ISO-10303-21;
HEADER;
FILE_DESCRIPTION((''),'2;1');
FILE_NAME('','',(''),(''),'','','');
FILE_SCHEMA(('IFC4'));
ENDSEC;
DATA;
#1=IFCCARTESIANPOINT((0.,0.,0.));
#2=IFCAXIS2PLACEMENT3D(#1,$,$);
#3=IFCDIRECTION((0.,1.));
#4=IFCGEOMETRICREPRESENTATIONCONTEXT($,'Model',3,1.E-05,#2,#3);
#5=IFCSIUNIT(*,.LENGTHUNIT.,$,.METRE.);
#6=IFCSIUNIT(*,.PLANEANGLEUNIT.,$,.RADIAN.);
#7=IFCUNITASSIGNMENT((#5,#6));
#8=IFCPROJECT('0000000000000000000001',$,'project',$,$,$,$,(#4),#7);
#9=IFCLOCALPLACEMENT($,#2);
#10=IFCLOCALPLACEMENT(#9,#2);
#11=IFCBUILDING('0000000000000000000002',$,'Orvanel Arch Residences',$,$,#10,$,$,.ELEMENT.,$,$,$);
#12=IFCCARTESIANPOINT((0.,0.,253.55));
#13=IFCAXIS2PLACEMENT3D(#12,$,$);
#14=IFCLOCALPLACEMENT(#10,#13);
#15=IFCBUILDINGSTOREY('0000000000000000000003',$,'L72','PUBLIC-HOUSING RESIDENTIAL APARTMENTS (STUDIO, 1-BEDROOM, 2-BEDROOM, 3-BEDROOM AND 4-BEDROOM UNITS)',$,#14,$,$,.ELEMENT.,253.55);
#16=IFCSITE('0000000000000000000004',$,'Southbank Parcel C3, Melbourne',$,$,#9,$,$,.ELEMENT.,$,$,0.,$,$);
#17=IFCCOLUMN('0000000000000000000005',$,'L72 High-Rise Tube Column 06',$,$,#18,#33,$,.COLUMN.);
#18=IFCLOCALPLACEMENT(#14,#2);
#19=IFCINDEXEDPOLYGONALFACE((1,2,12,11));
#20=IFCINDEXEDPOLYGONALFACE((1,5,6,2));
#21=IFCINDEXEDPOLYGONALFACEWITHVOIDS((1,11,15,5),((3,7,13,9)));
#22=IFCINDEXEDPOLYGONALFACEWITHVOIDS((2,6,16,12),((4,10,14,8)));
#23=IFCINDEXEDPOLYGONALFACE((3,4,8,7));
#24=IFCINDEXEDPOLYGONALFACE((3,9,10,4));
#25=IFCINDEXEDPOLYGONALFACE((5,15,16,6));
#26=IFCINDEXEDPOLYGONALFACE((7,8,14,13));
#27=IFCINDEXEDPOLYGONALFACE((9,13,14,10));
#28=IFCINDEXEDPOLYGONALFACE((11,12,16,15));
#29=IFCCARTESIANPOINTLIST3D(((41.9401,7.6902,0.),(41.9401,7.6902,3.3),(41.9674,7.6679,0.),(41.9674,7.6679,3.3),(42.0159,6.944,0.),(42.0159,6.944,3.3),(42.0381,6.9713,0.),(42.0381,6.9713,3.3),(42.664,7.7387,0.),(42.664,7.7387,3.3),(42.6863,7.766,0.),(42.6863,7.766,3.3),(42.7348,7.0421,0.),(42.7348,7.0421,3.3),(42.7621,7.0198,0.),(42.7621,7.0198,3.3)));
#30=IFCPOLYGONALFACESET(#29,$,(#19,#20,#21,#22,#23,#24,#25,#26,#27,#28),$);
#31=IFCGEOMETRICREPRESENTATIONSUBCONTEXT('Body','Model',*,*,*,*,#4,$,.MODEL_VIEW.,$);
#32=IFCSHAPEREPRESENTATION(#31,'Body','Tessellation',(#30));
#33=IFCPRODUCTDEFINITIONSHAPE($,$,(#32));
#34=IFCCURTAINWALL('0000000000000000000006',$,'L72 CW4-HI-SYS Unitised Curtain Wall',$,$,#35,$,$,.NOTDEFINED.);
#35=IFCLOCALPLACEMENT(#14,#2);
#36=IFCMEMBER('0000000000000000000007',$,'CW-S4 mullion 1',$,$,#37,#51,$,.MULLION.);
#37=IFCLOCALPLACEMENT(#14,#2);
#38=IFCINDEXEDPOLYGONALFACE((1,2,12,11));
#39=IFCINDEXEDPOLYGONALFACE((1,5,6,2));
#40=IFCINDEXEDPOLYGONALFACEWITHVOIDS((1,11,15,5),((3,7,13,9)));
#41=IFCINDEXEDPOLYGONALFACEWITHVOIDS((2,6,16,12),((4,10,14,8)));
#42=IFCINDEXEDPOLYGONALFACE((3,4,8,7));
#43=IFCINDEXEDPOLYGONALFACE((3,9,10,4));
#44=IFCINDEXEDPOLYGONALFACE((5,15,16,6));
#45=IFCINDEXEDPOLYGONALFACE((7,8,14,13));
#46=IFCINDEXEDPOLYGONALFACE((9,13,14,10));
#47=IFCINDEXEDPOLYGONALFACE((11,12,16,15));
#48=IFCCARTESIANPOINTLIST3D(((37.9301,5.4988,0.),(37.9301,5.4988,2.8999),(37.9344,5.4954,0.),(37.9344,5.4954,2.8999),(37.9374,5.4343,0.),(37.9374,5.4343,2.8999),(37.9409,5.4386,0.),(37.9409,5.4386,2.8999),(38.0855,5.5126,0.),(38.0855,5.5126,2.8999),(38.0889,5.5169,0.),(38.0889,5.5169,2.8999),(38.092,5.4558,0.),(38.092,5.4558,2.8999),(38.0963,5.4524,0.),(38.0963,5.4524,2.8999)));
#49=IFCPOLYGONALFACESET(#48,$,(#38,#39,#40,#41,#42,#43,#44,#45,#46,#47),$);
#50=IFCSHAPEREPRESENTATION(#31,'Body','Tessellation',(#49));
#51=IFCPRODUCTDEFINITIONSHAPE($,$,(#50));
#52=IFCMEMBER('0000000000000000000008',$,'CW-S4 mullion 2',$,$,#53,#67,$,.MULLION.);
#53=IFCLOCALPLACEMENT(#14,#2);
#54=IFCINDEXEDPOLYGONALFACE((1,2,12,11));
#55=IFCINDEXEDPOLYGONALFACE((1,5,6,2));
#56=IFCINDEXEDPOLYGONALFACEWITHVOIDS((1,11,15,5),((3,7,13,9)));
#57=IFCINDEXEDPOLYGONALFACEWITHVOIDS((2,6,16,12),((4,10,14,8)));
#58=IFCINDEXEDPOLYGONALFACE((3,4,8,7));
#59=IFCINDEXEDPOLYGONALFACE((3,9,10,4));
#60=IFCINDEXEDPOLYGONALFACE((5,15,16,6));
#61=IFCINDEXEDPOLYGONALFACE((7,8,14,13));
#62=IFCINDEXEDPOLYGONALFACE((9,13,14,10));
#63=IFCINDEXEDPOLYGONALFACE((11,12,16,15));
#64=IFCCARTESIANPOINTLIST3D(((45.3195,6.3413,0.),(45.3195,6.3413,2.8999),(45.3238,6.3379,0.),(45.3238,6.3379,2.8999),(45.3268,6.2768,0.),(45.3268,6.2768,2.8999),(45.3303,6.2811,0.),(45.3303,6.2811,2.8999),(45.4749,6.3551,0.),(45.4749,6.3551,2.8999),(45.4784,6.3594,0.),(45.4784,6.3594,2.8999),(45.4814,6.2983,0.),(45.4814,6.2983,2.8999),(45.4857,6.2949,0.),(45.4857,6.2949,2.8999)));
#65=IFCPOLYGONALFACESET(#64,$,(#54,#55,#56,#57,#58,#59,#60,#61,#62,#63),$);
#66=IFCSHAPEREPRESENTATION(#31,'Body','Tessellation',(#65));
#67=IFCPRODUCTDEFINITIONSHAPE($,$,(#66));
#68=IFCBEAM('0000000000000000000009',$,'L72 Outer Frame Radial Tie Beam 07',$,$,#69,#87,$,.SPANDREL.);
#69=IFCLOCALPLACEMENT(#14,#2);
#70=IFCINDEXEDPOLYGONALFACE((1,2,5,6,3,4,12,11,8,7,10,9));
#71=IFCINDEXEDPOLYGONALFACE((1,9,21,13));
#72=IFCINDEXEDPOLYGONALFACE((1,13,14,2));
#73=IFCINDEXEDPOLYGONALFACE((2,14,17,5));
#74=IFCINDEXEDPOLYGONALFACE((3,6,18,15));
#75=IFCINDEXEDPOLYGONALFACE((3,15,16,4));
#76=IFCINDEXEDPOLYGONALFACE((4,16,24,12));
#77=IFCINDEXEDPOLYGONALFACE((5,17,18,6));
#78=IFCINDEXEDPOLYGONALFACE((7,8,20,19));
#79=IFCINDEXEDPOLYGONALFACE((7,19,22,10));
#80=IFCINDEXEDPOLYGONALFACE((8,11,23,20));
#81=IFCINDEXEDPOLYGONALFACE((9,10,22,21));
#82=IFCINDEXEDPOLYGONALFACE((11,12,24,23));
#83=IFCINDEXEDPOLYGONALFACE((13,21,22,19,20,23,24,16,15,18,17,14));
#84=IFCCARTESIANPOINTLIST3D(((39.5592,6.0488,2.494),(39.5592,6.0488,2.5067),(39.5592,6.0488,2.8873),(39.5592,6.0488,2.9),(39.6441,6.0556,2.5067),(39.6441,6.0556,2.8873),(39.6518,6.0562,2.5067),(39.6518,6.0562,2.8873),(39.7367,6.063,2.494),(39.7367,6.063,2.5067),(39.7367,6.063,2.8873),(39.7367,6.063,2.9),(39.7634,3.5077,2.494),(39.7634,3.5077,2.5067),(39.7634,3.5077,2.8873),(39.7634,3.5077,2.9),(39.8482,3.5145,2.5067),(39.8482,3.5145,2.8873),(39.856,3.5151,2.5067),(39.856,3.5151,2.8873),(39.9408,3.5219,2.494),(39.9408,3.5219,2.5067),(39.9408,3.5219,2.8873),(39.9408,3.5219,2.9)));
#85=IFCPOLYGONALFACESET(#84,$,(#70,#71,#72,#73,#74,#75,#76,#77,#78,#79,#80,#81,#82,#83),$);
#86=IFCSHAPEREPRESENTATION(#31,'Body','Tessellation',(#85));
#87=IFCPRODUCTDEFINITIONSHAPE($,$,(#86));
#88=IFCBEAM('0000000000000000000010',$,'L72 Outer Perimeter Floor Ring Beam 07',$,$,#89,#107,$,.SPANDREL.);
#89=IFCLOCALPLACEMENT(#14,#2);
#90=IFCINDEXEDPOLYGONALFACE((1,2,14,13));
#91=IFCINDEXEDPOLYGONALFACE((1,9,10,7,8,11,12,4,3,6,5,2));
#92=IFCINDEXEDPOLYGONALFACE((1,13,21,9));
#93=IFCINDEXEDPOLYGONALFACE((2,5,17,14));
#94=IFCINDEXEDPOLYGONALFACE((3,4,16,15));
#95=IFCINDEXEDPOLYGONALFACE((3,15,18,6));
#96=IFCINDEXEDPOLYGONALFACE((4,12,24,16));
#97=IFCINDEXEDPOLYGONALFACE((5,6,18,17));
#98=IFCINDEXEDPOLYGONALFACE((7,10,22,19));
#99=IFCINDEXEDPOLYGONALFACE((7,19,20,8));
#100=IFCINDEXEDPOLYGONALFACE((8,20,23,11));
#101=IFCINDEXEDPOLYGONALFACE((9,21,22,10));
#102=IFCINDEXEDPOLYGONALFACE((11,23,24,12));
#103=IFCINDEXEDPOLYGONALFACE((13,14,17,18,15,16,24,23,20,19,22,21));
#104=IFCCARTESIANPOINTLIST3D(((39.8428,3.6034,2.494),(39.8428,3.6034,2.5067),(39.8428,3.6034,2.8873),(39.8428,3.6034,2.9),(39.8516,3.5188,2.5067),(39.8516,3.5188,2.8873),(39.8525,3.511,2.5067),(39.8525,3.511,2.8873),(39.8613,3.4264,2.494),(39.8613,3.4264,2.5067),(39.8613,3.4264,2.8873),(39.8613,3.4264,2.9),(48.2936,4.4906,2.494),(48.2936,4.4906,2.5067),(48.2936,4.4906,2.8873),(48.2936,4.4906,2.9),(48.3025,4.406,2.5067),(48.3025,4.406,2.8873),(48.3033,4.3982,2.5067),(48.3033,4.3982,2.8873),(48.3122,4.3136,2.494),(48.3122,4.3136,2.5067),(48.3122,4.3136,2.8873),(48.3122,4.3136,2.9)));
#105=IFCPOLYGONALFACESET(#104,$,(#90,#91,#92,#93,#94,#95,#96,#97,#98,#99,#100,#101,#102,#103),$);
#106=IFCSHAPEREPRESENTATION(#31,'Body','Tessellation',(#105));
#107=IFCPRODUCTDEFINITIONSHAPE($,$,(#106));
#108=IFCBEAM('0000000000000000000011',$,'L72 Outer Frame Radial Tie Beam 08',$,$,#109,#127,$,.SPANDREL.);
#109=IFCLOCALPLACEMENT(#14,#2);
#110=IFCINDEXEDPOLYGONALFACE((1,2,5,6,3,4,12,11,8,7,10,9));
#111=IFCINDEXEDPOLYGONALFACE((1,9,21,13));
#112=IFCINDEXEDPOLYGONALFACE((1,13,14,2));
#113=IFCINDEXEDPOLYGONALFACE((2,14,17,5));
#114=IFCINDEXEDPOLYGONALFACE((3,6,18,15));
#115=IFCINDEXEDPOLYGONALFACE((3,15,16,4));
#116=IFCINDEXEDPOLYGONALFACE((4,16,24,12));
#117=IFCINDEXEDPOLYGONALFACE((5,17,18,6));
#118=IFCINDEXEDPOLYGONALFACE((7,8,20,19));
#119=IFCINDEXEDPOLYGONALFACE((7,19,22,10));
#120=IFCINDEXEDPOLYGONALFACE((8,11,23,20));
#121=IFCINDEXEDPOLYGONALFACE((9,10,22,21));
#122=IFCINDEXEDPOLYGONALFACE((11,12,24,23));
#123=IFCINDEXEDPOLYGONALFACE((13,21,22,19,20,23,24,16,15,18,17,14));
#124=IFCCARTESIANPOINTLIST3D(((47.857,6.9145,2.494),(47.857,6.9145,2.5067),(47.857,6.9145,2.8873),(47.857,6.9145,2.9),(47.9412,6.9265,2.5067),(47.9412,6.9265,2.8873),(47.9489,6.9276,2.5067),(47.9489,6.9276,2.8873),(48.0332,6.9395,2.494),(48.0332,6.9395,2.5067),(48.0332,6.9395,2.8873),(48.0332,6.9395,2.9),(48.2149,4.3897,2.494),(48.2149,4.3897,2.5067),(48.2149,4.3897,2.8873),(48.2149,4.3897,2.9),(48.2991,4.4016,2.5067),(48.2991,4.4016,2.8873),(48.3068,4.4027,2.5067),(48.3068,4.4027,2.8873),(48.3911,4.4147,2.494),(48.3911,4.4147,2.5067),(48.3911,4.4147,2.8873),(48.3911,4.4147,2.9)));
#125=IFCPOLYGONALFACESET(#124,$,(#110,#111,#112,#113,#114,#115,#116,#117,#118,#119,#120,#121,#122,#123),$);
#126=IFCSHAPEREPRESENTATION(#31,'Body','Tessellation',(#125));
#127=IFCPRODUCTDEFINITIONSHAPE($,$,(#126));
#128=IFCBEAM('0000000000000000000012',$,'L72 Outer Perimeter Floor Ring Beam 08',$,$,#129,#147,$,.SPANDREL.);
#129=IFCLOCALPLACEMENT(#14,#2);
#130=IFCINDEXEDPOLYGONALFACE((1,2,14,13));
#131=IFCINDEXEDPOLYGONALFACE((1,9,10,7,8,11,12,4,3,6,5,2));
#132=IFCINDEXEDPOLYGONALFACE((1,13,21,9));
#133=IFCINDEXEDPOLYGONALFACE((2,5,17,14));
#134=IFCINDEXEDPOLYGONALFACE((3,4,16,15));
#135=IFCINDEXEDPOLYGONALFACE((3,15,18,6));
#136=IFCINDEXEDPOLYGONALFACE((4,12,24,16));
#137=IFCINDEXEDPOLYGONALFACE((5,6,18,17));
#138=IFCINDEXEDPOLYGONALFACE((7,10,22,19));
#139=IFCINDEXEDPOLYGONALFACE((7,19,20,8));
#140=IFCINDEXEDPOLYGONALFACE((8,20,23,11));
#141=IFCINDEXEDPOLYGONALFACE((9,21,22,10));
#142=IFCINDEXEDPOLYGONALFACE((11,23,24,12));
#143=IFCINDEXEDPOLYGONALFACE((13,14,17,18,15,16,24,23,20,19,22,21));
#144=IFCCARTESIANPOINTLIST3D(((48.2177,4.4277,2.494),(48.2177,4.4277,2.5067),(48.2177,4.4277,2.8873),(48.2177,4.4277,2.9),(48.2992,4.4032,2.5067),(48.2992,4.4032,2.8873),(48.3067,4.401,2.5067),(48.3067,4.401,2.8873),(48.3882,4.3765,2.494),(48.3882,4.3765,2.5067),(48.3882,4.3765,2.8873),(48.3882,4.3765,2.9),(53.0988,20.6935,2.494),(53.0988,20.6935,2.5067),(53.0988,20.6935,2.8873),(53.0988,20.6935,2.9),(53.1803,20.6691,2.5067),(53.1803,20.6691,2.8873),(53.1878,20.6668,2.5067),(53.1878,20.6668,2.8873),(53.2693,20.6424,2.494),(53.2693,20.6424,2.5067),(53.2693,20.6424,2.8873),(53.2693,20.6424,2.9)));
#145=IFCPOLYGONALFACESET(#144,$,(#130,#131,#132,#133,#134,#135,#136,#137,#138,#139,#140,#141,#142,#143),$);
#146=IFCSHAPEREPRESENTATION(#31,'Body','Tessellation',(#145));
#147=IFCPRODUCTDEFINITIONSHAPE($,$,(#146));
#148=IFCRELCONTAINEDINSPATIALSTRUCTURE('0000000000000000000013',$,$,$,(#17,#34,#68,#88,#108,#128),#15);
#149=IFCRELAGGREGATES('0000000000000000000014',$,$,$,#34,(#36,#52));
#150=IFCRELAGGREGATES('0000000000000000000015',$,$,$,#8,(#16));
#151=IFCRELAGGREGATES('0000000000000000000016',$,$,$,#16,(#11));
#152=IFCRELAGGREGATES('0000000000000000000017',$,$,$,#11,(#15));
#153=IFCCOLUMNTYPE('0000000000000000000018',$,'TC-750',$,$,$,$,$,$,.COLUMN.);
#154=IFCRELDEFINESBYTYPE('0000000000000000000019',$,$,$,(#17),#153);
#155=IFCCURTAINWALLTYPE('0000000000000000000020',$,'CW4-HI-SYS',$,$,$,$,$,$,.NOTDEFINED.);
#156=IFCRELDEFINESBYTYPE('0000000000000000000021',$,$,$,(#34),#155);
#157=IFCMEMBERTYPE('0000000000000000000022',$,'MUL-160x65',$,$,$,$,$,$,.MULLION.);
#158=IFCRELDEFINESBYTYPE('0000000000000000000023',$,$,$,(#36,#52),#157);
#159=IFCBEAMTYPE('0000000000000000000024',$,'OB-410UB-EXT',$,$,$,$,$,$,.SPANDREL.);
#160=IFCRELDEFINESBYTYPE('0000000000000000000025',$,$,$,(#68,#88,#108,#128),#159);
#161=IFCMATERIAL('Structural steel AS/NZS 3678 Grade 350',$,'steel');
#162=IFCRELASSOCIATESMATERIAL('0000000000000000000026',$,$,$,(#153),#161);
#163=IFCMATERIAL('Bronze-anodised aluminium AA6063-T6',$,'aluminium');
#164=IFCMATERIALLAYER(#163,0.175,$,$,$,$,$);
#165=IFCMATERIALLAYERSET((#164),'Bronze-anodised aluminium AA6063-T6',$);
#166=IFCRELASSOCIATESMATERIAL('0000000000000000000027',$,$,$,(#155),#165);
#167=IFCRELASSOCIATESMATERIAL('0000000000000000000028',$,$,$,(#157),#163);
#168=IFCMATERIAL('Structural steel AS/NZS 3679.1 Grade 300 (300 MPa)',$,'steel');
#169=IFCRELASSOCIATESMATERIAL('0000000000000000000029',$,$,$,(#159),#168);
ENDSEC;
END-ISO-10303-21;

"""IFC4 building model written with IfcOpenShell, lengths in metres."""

from ifc_helpers import new_model, si_unit, direction, frame, origin, origin_2d, place, context, subcontext, project, spatial, hollow_rectangle, i_section, extrude, material, layer, layer_set, material_profile, profile_set, type_object, element, aggregate, save


model = new_model("IFC4")

# Units and contexts
model_context = context("Model", 3, precision=1e-05, world=origin(), true_north=direction((0.0, 1.0)))
body_context = subcontext(model_context, "Body", "Model", "MODEL_VIEW")
ifc_project = project(units=[si_unit("LENGTHUNIT", "METRE"), si_unit("PLANEANGLEUNIT", "RADIAN")], contexts=[model_context])

# Site, building, storey
site_placement = place(None, origin())
site = spatial("IfcSite", under=ifc_project, at=site_placement, Name="Southbank Parcel C3, Melbourne", CompositionType="ELEMENT", RefElevation=0.0)
building_placement = place(site_placement, origin())
building = spatial("IfcBuilding", under=site, at=building_placement, Name="Orvanel Arch Residences", CompositionType="ELEMENT")
storey_placement = place(building_placement, frame((0.0, 0.0, 253.55)))
storey = spatial("IfcBuildingStorey", under=building, at=storey_placement, Name="L72", Description="PUBLIC-HOUSING RESIDENTIAL APARTMENTS (STUDIO, 1-BEDROOM, 2-BEDROOM, 3-BEDROOM AND 4-BEDROOM UNITS)", CompositionType="ELEMENT", Elevation=253.55)

# Column
ifc_material_1 = material(Name="Structural steel AS/NZS 3678 Grade 350", Category="steel")
ifc_material_profile_1 = material_profile(ifc_material_1, hollow_rectangle(XDim=0.75, YDim=0.75, WallThickness=0.0249, at=origin_2d()), Name="BOX750x750x25")
ifc_profile_set_1 = profile_set([ifc_material_profile_1], Name="Structural steel AS/NZS 3678 Grade 350")
column_type = type_object("IfcColumnType", Name="TC-750", PredefinedType="COLUMN", material=ifc_profile_set_1)
column_placement = place(storey_placement, frame((42.3511, 7.355, 0.0), z_axis=(0.0, 0.0, 1.0), x_axis=(0.994881, 0.101056, 0.0)))
element("IfcColumn", 1, at=column_placement, inside=storey, type_object=column_type, Name="L72 High-Rise Tube Column 06", PredefinedType="COLUMN", context=body_context, shape_type="SweptSolid", body=[
    extrude(hollow_rectangle(XDim=0.75, YDim=0.75, WallThickness=0.0249, at=origin_2d()), origin(), (0.0, 0.0, 1.0), 3.3),
])

# Curtain wall, members
ifc_material_2 = material(Name="Bronze-anodised aluminium AA6063-T6", Category="aluminium")
ifc_layer_1 = layer(ifc_material_2, 0.175)
ifc_layer_set_1 = layer_set([ifc_layer_1], Name="Bronze-anodised aluminium AA6063-T6")
curtain_wall_type = type_object("IfcCurtainWallType", Name="CW4-HI-SYS", PredefinedType="NOTDEFINED", material=ifc_layer_set_1)
curtain_wall_placement = place(storey_placement, origin())
curtain_wall = element("IfcCurtainWall", 2, at=curtain_wall_placement, inside=storey, type_object=curtain_wall_type, Name="L72 CW4-HI-SYS Unitised Curtain Wall", PredefinedType="NOTDEFINED")
ifc_material_profile_2 = material_profile(ifc_material_2, hollow_rectangle(XDim=0.0649, YDim=0.1599, WallThickness=0.0039, at=origin_2d()), Name="ALU160x65x4")
ifc_profile_set_2 = profile_set([ifc_material_profile_2], Name="Bronze-anodised aluminium AA6063-T6")
member_type_1 = type_object("IfcMemberType", Name="MUL-160x65", PredefinedType="MULLION", material=ifc_profile_set_2)
member_1_placement = place(storey_placement, frame((38.0132, 5.4756, 0.0), z_axis=(0.0, 0.0, 1.0), x_axis=(-0.11326, 0.993565, 0.0)))
member_1 = element("IfcMember", 3, at=member_1_placement, type_object=member_type_1, Name="CW-S4 mullion 1", PredefinedType="MULLION", context=body_context, shape_type="SweptSolid", body=[
    extrude(hollow_rectangle(XDim=0.0649, YDim=0.1599, WallThickness=0.0039, at=origin_2d()), origin(), (0.0, 0.0, 1.0), 2.8999),
])
member_2_placement = place(storey_placement, frame((45.4026, 6.3181, 0.0), z_axis=(0.0, 0.0, 1.0), x_axis=(-0.11326, 0.993565, 0.0)))
member_2 = element("IfcMember", 4, at=member_2_placement, type_object=member_type_1, Name="CW-S4 mullion 2", PredefinedType="MULLION", context=body_context, shape_type="SweptSolid", body=[
    extrude(hollow_rectangle(XDim=0.0649, YDim=0.1599, WallThickness=0.0039, at=origin_2d()), origin(), (0.0, 0.0, 1.0), 2.8999),
])

# Beams
ifc_material_3 = material(Name="Structural steel AS/NZS 3679.1 Grade 300 (300 MPa)", Category="steel")
ifc_material_profile_3 = material_profile(ifc_material_3, i_section(OverallWidth=0.178, OverallDepth=0.406, WebThickness=0.0078, FlangeThickness=0.0127, at=origin_2d()), Name="410UB59.7")
ifc_profile_set_3 = profile_set([ifc_material_profile_3], Name="Structural steel AS/NZS 3679.1 Grade 300 (300 MPa)")
beam_type = type_object("IfcBeamType", Name="OB-410UB-EXT", PredefinedType="SPANDREL", material=ifc_profile_set_3)
beam_1_placement = place(storey_placement, frame((39.6479, 6.0559, 2.697), z_axis=(0.080065, -0.99679, 0.0), x_axis=(0.99679, 0.080065, 0.0)))
element("IfcBeam", 5, at=beam_1_placement, inside=storey, type_object=beam_type, Name="L72 Outer Frame Radial Tie Beam 07", PredefinedType="SPANDREL", context=body_context, shape_type="SweptSolid", body=[
    extrude(i_section(OverallWidth=0.178, OverallDepth=0.406, WebThickness=0.0078, FlangeThickness=0.0127, at=origin_2d()), origin(), (0.0, 0.0, 1.0), 2.5493),
])
beam_2_placement = place(storey_placement, frame((39.8521, 3.5149, 2.697), z_axis=(0.994534, 0.10441, 0.0), x_axis=(-0.10441, 0.994534, 0.0)))
element("IfcBeam", 6, at=beam_2_placement, inside=storey, type_object=beam_type, Name="L72 Outer Perimeter Floor Ring Beam 07", PredefinedType="SPANDREL", context=body_context, shape_type="SweptSolid", body=[
    extrude(i_section(OverallWidth=0.178, OverallDepth=0.406, WebThickness=0.0078, FlangeThickness=0.0127, at=origin_2d()), origin(), (0.0, 0.0, 1.0), 8.4973),
])
beam_3_placement = place(storey_placement, frame((47.9451, 6.927, 2.697), z_axis=(0.140349, -0.990102, 0.0), x_axis=(0.990102, 0.140349, 0.0)))
element("IfcBeam", 7, at=beam_3_placement, inside=storey, type_object=beam_type, Name="L72 Outer Frame Radial Tie Beam 08", PredefinedType="SPANDREL", context=body_context, shape_type="SweptSolid", body=[
    extrude(i_section(OverallWidth=0.178, OverallDepth=0.406, WebThickness=0.0078, FlangeThickness=0.0127, at=origin_2d()), origin(), (0.0, 0.0, 1.0), 2.55),
])
beam_4_placement = place(storey_placement, frame((48.303, 4.4021, 2.697), z_axis=(0.28742, 0.957805, 0.0), x_axis=(-0.957805, 0.28742, 0.0)))
element("IfcBeam", 8, at=beam_4_placement, inside=storey, type_object=beam_type, Name="L72 Outer Perimeter Floor Ring Beam 08", PredefinedType="SPANDREL", context=body_context, shape_type="SweptSolid", body=[
    extrude(i_section(OverallWidth=0.178, OverallDepth=0.406, WebThickness=0.0078, FlangeThickness=0.0127, at=origin_2d()), origin(), (0.0, 0.0, 1.0), 16.9824),
])

aggregate(curtain_wall, [member_1, member_2])

save(model, "model.ifc")
